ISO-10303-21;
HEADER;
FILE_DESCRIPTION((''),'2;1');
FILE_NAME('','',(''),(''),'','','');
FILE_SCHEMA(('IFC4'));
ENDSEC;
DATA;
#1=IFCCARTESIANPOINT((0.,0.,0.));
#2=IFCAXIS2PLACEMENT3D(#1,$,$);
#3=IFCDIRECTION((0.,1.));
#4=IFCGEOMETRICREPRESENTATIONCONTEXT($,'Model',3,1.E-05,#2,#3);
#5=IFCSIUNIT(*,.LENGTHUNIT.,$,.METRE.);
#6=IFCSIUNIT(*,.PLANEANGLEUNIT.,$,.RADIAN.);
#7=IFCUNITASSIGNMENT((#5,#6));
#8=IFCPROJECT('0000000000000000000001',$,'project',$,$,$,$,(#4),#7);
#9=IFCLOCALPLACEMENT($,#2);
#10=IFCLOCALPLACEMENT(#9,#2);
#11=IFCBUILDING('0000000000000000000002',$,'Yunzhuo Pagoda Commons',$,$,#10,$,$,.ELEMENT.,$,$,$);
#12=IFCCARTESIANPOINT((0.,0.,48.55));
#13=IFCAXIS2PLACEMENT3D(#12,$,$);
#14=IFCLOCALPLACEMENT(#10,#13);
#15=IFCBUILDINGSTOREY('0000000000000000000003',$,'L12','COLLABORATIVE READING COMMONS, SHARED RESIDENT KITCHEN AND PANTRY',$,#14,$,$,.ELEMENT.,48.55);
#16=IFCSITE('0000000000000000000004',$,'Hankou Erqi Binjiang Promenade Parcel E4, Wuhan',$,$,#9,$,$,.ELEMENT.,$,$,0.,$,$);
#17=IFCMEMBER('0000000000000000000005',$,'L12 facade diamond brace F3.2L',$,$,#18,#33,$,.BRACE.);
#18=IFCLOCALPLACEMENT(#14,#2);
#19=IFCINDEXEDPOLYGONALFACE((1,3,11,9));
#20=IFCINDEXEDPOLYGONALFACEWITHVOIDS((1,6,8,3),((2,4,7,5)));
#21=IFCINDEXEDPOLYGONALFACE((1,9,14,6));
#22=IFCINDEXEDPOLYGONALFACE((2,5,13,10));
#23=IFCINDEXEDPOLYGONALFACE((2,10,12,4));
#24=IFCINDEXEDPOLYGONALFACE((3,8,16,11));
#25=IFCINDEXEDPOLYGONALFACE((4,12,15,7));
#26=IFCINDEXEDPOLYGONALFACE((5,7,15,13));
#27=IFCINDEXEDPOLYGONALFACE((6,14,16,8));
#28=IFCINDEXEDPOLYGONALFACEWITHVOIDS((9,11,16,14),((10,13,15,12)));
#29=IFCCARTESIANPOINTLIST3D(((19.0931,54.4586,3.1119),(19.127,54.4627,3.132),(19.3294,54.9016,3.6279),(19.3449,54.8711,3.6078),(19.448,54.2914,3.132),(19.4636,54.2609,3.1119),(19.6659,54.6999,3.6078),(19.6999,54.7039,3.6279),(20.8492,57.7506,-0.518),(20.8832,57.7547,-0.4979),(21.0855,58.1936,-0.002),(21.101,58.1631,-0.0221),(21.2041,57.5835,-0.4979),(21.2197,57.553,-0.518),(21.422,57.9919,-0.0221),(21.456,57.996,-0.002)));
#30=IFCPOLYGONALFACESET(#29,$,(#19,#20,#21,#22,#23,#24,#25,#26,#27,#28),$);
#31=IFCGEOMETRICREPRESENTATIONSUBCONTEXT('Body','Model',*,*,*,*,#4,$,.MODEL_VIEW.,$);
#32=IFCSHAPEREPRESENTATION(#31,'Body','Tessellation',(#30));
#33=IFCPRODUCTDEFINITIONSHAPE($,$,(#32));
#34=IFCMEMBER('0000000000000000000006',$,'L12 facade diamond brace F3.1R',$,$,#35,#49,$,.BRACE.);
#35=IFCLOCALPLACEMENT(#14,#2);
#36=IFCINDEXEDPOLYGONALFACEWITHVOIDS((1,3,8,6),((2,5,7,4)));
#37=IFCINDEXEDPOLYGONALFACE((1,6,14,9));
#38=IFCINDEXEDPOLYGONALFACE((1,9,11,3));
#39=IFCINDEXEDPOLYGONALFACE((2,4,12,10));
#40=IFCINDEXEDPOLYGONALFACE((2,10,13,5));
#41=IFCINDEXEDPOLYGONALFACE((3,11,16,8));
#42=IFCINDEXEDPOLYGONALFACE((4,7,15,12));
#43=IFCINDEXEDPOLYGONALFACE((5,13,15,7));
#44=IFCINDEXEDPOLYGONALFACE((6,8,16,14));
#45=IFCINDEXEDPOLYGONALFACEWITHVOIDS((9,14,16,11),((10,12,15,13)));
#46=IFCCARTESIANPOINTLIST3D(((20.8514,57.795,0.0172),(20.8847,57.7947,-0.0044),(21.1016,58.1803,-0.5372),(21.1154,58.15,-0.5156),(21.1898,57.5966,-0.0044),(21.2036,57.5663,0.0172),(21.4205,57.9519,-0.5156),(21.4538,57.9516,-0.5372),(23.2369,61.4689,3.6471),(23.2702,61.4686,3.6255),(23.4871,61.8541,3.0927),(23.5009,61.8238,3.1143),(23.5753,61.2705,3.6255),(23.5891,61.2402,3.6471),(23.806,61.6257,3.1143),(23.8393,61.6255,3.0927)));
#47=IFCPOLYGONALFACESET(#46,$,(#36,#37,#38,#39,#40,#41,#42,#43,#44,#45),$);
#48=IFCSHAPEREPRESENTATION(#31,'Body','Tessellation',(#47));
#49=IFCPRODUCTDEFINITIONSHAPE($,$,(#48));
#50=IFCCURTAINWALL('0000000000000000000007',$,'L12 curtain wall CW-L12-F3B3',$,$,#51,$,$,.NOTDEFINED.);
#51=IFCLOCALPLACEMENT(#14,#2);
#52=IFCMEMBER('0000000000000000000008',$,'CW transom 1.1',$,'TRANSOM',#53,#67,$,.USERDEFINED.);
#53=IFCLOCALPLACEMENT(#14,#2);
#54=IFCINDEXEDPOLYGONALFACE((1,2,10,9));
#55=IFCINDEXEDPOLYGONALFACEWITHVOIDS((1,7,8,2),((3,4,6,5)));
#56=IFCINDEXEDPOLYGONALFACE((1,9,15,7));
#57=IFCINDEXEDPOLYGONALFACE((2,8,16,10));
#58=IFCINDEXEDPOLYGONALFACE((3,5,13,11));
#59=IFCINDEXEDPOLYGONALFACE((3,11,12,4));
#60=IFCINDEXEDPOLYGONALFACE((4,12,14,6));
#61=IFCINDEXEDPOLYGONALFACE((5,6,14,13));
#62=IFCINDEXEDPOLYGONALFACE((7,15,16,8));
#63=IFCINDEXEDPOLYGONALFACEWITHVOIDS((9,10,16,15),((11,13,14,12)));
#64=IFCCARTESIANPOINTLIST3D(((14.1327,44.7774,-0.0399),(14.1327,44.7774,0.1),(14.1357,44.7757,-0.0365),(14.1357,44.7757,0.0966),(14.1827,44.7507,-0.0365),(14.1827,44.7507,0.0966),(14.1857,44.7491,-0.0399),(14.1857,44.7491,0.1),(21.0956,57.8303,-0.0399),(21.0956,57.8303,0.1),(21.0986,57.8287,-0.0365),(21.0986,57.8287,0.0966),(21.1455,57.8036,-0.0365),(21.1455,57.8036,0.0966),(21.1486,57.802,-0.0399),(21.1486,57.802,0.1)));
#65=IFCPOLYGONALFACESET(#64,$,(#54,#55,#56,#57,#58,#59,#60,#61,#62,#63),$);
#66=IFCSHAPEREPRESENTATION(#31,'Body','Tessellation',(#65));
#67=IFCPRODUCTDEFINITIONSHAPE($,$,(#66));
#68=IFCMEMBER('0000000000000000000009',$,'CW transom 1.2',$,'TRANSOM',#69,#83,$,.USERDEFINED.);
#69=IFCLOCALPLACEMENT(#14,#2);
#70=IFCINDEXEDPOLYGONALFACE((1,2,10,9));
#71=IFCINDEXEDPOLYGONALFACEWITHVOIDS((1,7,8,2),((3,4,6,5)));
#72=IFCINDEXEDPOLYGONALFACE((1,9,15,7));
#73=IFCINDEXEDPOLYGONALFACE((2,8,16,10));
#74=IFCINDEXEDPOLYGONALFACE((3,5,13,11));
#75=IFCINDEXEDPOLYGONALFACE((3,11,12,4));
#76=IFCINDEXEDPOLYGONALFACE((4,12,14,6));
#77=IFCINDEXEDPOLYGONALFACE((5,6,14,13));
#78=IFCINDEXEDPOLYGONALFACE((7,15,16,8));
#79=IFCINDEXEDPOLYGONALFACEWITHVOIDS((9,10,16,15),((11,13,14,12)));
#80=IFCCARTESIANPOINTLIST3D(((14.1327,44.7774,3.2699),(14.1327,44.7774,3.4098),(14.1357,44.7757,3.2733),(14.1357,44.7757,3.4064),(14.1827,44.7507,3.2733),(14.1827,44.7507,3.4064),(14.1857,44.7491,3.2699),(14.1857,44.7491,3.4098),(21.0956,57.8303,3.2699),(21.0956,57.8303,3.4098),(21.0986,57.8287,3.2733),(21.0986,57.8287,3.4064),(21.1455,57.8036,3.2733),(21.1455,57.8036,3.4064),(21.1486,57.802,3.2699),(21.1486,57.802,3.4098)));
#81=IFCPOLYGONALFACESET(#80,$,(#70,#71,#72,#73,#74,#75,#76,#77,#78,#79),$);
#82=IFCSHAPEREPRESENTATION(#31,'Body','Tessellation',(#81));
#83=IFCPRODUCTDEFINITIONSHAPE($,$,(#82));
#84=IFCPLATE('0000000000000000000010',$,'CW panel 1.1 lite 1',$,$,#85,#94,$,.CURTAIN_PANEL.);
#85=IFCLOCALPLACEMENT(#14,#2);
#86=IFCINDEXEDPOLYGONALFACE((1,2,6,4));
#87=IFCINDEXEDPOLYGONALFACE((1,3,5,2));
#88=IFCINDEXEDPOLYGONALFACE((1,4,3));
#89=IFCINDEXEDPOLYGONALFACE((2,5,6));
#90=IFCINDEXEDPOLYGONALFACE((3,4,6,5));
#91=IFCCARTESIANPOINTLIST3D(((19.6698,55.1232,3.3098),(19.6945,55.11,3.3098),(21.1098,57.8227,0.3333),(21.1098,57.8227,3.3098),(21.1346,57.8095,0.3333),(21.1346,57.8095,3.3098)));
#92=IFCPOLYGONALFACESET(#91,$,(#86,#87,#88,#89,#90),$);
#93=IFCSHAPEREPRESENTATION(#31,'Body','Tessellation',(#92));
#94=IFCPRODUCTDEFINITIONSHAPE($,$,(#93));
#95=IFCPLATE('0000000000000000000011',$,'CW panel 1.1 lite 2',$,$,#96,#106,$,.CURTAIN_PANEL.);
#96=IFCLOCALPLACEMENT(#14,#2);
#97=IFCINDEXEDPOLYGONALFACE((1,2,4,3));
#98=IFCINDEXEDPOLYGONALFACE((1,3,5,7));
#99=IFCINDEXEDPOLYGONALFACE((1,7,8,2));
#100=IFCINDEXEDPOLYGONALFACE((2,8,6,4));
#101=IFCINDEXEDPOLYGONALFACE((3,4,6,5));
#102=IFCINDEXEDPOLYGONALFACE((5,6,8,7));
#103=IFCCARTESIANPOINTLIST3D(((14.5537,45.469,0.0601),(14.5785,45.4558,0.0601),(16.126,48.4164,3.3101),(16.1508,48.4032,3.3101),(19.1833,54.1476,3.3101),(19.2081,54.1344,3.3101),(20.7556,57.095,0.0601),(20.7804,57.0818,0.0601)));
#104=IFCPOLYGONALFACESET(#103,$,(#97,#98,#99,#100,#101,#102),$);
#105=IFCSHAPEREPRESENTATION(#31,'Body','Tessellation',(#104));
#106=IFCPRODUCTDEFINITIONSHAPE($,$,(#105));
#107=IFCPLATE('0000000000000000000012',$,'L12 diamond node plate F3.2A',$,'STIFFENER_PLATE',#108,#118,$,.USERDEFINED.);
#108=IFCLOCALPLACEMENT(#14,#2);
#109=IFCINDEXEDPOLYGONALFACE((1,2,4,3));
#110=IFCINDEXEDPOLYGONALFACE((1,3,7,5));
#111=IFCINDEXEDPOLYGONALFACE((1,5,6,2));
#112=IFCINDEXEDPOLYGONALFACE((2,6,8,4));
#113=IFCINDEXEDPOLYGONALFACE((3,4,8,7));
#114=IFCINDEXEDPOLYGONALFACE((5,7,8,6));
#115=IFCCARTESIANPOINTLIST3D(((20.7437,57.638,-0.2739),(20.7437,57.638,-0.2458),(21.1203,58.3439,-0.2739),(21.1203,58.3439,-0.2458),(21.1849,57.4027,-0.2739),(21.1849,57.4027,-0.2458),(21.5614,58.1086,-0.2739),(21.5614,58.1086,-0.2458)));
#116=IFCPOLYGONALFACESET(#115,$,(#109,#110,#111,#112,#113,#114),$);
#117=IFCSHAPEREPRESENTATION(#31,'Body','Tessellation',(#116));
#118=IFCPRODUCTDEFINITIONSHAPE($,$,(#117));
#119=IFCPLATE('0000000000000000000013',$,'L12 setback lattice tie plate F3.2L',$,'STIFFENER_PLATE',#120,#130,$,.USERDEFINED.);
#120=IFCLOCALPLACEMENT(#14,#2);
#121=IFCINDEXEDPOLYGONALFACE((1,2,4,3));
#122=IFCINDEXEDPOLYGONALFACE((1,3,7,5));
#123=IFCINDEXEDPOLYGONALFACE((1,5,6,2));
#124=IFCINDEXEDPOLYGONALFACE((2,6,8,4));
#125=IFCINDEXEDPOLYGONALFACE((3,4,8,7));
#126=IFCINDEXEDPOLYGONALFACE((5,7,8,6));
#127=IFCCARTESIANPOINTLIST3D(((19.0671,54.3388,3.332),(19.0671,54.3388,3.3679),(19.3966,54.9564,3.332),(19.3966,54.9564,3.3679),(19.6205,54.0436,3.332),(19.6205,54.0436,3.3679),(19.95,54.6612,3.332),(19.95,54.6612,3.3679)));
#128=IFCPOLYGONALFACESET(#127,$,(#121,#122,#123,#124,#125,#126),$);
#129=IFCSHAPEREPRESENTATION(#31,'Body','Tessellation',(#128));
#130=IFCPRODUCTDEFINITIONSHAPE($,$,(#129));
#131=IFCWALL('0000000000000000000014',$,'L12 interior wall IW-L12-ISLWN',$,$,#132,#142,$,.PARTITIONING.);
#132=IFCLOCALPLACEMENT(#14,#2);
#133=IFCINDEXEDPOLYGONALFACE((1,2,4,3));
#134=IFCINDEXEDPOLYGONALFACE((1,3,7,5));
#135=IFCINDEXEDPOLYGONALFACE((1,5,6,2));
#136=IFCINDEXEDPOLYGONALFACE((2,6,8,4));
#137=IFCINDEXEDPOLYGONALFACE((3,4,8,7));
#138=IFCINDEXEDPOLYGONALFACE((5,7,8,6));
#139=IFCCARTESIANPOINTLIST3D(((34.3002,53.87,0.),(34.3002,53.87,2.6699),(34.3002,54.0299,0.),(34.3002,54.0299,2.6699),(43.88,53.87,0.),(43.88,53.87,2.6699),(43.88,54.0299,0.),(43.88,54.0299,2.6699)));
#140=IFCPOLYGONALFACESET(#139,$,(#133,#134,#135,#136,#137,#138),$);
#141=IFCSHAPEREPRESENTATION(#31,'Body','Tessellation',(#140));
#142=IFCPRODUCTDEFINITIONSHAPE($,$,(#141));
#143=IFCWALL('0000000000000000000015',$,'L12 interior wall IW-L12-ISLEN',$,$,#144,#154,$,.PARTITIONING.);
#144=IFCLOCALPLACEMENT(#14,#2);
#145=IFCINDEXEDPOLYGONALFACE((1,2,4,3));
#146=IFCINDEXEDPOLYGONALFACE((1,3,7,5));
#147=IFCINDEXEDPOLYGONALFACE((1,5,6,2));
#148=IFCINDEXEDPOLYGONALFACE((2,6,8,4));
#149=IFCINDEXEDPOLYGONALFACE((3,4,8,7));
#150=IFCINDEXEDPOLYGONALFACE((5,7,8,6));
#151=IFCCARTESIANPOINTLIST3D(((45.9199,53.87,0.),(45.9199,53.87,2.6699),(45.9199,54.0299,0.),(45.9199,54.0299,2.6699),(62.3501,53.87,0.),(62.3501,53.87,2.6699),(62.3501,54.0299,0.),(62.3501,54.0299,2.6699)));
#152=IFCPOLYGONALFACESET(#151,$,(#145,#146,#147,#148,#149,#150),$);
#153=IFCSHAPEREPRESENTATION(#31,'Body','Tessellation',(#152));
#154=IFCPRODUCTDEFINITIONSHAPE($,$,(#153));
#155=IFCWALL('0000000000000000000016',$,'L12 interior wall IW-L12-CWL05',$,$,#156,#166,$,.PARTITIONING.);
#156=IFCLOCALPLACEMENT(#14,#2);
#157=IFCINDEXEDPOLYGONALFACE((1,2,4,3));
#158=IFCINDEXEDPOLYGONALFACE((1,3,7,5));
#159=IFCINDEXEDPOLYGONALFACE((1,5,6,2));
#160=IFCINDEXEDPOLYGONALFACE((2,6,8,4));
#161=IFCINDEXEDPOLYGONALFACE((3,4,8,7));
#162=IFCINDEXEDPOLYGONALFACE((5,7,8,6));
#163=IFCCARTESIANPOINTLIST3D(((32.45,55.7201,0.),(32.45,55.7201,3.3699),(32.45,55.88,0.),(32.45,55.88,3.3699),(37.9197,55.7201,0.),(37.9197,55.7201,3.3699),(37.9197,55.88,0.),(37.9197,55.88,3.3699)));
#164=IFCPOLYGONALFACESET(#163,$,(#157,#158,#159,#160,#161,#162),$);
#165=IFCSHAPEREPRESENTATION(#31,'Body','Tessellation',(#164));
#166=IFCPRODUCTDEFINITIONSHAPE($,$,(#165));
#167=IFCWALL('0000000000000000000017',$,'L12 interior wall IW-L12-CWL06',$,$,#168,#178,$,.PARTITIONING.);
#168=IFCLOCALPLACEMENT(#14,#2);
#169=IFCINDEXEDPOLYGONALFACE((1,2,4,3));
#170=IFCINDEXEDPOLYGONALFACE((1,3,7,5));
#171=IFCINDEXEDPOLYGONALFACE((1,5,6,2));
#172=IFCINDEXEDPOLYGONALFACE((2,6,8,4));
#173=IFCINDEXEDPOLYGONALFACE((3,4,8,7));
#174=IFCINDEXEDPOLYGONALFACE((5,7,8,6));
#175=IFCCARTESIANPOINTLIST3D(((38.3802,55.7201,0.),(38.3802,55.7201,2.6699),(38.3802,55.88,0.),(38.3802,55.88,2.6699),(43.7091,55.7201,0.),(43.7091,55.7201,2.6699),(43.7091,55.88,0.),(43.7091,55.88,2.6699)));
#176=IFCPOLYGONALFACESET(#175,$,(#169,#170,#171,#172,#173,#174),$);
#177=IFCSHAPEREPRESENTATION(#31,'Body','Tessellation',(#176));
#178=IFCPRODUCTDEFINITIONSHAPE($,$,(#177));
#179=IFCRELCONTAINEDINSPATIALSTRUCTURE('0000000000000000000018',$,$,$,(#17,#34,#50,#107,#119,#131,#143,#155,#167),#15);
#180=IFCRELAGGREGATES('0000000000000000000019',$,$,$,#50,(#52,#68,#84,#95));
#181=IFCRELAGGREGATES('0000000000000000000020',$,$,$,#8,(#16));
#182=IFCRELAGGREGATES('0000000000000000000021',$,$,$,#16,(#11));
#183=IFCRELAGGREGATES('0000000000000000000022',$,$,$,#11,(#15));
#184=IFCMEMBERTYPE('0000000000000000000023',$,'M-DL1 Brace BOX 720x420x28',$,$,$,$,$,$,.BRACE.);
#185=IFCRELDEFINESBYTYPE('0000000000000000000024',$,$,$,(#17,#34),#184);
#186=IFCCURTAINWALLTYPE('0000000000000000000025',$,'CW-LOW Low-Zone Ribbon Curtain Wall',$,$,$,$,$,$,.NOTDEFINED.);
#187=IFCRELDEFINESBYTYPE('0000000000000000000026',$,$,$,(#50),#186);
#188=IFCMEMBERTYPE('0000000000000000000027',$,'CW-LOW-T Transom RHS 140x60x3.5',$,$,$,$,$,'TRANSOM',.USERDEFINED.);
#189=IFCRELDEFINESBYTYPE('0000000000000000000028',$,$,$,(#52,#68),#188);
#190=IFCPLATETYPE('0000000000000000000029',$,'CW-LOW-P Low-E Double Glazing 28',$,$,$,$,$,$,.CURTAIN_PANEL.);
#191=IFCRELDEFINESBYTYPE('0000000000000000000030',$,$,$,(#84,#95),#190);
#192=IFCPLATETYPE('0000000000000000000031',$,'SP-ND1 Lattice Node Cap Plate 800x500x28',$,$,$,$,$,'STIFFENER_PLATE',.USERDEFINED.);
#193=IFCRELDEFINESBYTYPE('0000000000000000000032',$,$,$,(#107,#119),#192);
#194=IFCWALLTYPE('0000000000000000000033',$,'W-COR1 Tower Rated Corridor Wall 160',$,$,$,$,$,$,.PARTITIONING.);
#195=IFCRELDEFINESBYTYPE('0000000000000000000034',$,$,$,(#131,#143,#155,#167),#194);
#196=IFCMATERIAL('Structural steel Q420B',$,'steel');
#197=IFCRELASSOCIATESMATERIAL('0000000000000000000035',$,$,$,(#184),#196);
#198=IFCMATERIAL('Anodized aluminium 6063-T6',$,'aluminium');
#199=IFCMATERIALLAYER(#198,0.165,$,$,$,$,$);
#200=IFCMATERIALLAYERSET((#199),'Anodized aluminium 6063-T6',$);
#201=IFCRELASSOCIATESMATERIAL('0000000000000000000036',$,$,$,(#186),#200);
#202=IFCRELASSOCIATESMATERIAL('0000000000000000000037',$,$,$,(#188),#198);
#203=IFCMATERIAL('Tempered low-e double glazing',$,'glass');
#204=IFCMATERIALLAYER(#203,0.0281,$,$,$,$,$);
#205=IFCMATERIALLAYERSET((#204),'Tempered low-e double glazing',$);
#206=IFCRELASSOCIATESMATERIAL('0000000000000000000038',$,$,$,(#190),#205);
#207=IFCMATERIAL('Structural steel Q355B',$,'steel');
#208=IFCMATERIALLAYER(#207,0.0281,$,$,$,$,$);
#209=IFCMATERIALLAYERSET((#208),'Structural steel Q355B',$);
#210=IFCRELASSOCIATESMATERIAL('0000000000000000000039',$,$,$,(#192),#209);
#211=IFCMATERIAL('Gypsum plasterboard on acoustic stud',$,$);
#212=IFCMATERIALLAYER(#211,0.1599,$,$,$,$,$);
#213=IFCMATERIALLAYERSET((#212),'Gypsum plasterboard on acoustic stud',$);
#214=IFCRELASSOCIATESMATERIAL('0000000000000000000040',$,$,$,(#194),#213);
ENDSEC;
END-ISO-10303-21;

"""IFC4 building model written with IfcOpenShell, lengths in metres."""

from ifc_helpers import new_model, si_unit, direction, frame, frame_2d, origin, origin_2d, place, context, subcontext, project, spatial, polyline, rectangle, hollow_rectangle, outline, extrude, source, transform, mapped, material, layer, layer_set, material_profile, profile_set, type_object, element, aggregate, save


model = new_model("IFC4")

# Units and contexts
model_context = context("Model", 3, precision=1e-05, world=origin(), true_north=direction((0.0, 1.0)))
body_context = subcontext(model_context, "Body", "Model", "MODEL_VIEW")
ifc_project = project(units=[si_unit("LENGTHUNIT", "METRE"), si_unit("PLANEANGLEUNIT", "RADIAN")], contexts=[model_context])

# Site, building, storey
site_placement = place(None, origin())
site = spatial("IfcSite", under=ifc_project, at=site_placement, Name="Hankou Erqi Binjiang Promenade Parcel E4, Wuhan", CompositionType="ELEMENT", RefElevation=0.0)
building_placement = place(site_placement, origin())
building = spatial("IfcBuilding", under=site, at=building_placement, Name="Yunzhuo Pagoda Commons", CompositionType="ELEMENT")
storey_placement = place(building_placement, frame((0.0, 0.0, 48.55)))
storey = spatial("IfcBuildingStorey", under=building, at=storey_placement, Name="L12", Description="COLLABORATIVE READING COMMONS, SHARED RESIDENT KITCHEN AND PANTRY", CompositionType="ELEMENT", Elevation=48.55)

# Shared definitions
ifc_material_1 = material(Name="Structural steel Q420B", Category="steel")

# Shared definitions
ifc_material_2 = material(Name="Structural steel Q355B", Category="steel")

# Members
ifc_material_profile_1 = material_profile(ifc_material_1, hollow_rectangle(XDim=0.4199, YDim=0.72, WallThickness=0.0281, at=origin_2d()), Name="Structural steel Q420B")
ifc_profile_set_1 = profile_set([ifc_material_profile_1], Name="Structural steel Q420B")
member_type_1 = type_object("IfcMemberType", Name="M-DL1 Brace BOX 720x420x28", PredefinedType="BRACE", material=ifc_profile_set_1)
shared_shape_1 = source(origin(), body_context, "Body", "SweptSolid", [
    extrude(hollow_rectangle(XDim=0.4199, YDim=0.72, WallThickness=0.0281, at=origin_2d()), origin(), (0.0, 0.0, 1.0), 5.2056),
])
member_1_placement = place(storey_placement, frame((21.1526, 57.8733, -0.26), z_axis=(-0.337356, -0.632407, 0.697318), x_axis=(0.882311, -0.470666, 0.0)))
element("IfcMember", 1, at=member_1_placement, inside=storey, type_object=member_type_1, Name="L12 facade diamond brace F3.2L", PredefinedType="BRACE", context=body_context, shape_type="MappedRepresentation", body=[
    mapped(shared_shape_1, transform((0.0, 0.0, 0.0), scale=1.0)),
])
shared_shape_2 = source(origin(), body_context, "Body", "SweptSolid", [
    extrude(hollow_rectangle(XDim=0.4199, YDim=0.72, WallThickness=0.0281, at=origin_2d()), origin(), (0.0, 0.0, 1.0), 5.689),
])
member_2_placement = place(storey_placement, frame((21.1526, 57.8733, -0.26), z_axis=(0.419324, 0.645788, 0.638063), x_axis=(-0.838703, 0.544589, 0.0)))
element("IfcMember", 2, at=member_2_placement, inside=storey, type_object=member_type_1, Name="L12 facade diamond brace F3.1R", PredefinedType="BRACE", context=body_context, shape_type="MappedRepresentation", body=[
    mapped(shared_shape_2, transform((0.0, 0.0, 0.0), scale=1.0)),
])

# Curtain wall, members, plates
ifc_material_3 = material(Name="Anodized aluminium 6063-T6", Category="aluminium")
ifc_layer_1 = layer(ifc_material_3, 0.165)
ifc_layer_set_1 = layer_set([ifc_layer_1], Name="Anodized aluminium 6063-T6")
curtain_wall_type = type_object("IfcCurtainWallType", Name="CW-LOW Low-Zone Ribbon Curtain Wall", PredefinedType="NOTDEFINED", material=ifc_layer_set_1)
curtain_wall_placement = place(storey_placement, origin())
curtain_wall = element("IfcCurtainWall", 3, at=curtain_wall_placement, inside=storey, type_object=curtain_wall_type, Name="L12 curtain wall CW-L12-F3B3", PredefinedType="NOTDEFINED")
ifc_material_profile_2 = material_profile(ifc_material_3, hollow_rectangle(XDim=0.0601, YDim=0.1399, WallThickness=0.0034, at=origin_2d()), Name="Anodized aluminium 6063-T6")
ifc_profile_set_2 = profile_set([ifc_material_profile_2], Name="Anodized aluminium 6063-T6")
member_type_2 = type_object("IfcMemberType", Name="CW-LOW-T Transom RHS 140x60x3.5", ElementType="TRANSOM", PredefinedType="USERDEFINED", material=ifc_profile_set_2)
shared_shape_3 = source(origin(), body_context, "Body", "SweptSolid", [
    extrude(hollow_rectangle(XDim=0.0601, YDim=0.1399, WallThickness=0.0034, at=origin_2d()), origin(), (0.0, 0.0, 1.0), 14.7939),
])
member_3_placement = place(storey_placement, frame((21.1221, 57.8162, 0.03), z_axis=(-0.470657, -0.882316, 0.0), x_axis=(0.882316, -0.470657, 0.0)))
member_3 = element("IfcMember", 4, at=member_3_placement, type_object=member_type_2, Name="CW transom 1.1", ObjectType="TRANSOM", PredefinedType="USERDEFINED", context=body_context, shape_type="MappedRepresentation", body=[
    mapped(shared_shape_3, transform((0.0, 0.0, 0.0), scale=1.0)),
])
member_4_placement = place(storey_placement, frame((21.1221, 57.8162, 3.3398), z_axis=(-0.470657, -0.882316, 0.0), x_axis=(0.882316, -0.470657, 0.0)))
member_4 = element("IfcMember", 5, at=member_4_placement, type_object=member_type_2, Name="CW transom 1.2", ObjectType="TRANSOM", PredefinedType="USERDEFINED", context=body_context, shape_type="MappedRepresentation", body=[
    mapped(shared_shape_3, transform((0.0, 0.0, 0.0), scale=1.0)),
])
ifc_material_4 = material(Name="Tempered low-e double glazing", Category="glass")
ifc_layer_2 = layer(ifc_material_4, 0.0281)
ifc_layer_set_2 = layer_set([ifc_layer_2], Name="Tempered low-e double glazing")
plate_type_1 = type_object("IfcPlateType", Name="CW-LOW-P Low-E Double Glazing 28", PredefinedType="CURTAIN_PANEL", material=ifc_layer_set_2)
plate_1_placement = place(storey_placement, frame((20.4146, 56.4597, 1.8215), z_axis=(-0.882309, 0.47067, 0.0), x_axis=(-0.47067, -0.882309, 0.0)))
plate_1 = element("IfcPlate", 6, at=plate_1_placement, type_object=plate_type_1, Name="CW panel 1.1 lite 1", PredefinedType="CURTAIN_PANEL", context=body_context, shape_type="SweptSolid", body=[
    extrude(outline(polyline([(-1.5298, -1.4883), (1.5298, 1.4883), (-1.5298, 1.4883), (-1.5298, -1.4883)])), origin(), (0.0, 0.0, 1.0), 0.0281),
])
plate_2_placement = place(storey_placement, frame((17.6794, 51.2688, 1.6851), z_axis=(-0.882309, 0.47067, 0.0), x_axis=(-0.47067, -0.882309, 0.0)))
plate_2 = element("IfcPlate", 7, at=plate_2_placement, type_object=plate_type_1, Name="CW panel 1.1 lite 2", PredefinedType="CURTAIN_PANEL", context=body_context, shape_type="SweptSolid", body=[
    extrude(outline(polyline([(-6.5884, -1.625), (6.5884, -1.625), (3.2478, 1.625), (-3.2478, 1.625), (-6.5884, -1.625)])), origin(), (0.0, 0.0, 1.0), 0.0281),
])
aggregate(curtain_wall, [member_3, member_4, plate_1, plate_2])

# Plates
ifc_layer_3 = layer(ifc_material_2, 0.0281)
ifc_layer_set_3 = layer_set([ifc_layer_3], Name="Structural steel Q355B")
plate_type_2 = type_object("IfcPlateType", Name="SP-ND1 Lattice Node Cap Plate 800x500x28", ElementType="STIFFENER_PLATE", PredefinedType="USERDEFINED", material=ifc_layer_set_3)
shared_shape_4 = source(origin(), body_context, "Body", "SweptSolid", [
    extrude(rectangle(XDim=0.8, YDim=0.5, at=origin_2d()), origin(), (0.0, 0.0, 1.0), 0.0281),
])
plate_3_placement = place(storey_placement, frame((21.1526, 57.8733, -0.2739), z_axis=(0.0, 0.0, 1.0), x_axis=(-0.470673, -0.882308, 0.0)))
element("IfcPlate", 8, at=plate_3_placement, inside=storey, type_object=plate_type_2, Name="L12 diamond node plate F3.2A", ObjectType="STIFFENER_PLATE", PredefinedType="USERDEFINED", context=body_context, shape_type="MappedRepresentation", body=[
    mapped(shared_shape_4, transform((0.0, 0.0, 0.0), scale=1.0)),
])
shared_shape_5 = source(origin(), body_context, "Body", "SweptSolid", [
    extrude(rectangle(XDim=0.7, YDim=0.6272, at=origin_2d()), origin(), (0.0, 0.0, 1.0), 0.0359),
])
plate_4_placement = place(storey_placement, frame((19.5085, 54.5, 3.332), z_axis=(0.0, 0.0, 1.0), x_axis=(-0.470673, -0.882308, 0.0)))
element("IfcPlate", 9, at=plate_4_placement, inside=storey, type_object=plate_type_2, Name="L12 setback lattice tie plate F3.2L", ObjectType="STIFFENER_PLATE", PredefinedType="USERDEFINED", context=body_context, shape_type="MappedRepresentation", body=[
    mapped(shared_shape_5, transform((0.0, 0.0, 0.0), scale=1.0)),
])

# Walls
ifc_material_5 = material(Name="Gypsum plasterboard on acoustic stud")
ifc_layer_4 = layer(ifc_material_5, 0.1599)
ifc_layer_set_4 = layer_set([ifc_layer_4], Name="Gypsum plasterboard on acoustic stud")
wall_type_1 = type_object("IfcWallType", Name="W-COR1 Tower Rated Corridor Wall 160", PredefinedType="PARTITIONING", material=ifc_layer_set_4)
wall_1_placement = place(storey_placement, frame((34.3, 53.95, 0.0), z_axis=(0.0, 0.0, 1.0), x_axis=(1.0, 0.0, 0.0)))
element("IfcWall", 10, at=wall_1_placement, inside=storey, type_object=wall_type_1, Name="L12 interior wall IW-L12-ISLWN", PredefinedType="PARTITIONING", context=body_context, shape_type="SweptSolid", body=[
    extrude(rectangle(XDim=9.5798, YDim=0.1599, at=frame_2d((4.79, 0.0))), origin(), (0.0, 0.0, 1.0), 2.6699),
])
wall_2_placement = place(storey_placement, frame((45.9199, 53.95, 0.0), z_axis=(0.0, 0.0, 1.0), x_axis=(1.0, 0.0, 0.0)))
element("IfcWall", 11, at=wall_2_placement, inside=storey, type_object=wall_type_1, Name="L12 interior wall IW-L12-ISLEN", PredefinedType="PARTITIONING", context=body_context, shape_type="SweptSolid", body=[
    extrude(rectangle(XDim=16.4302, YDim=0.1599, at=frame_2d((8.2151, 0.0))), origin(), (0.0, 0.0, 1.0), 2.6699),
])
wall_3_placement = place(storey_placement, frame((32.45, 55.8, 0.0), z_axis=(0.0, 0.0, 1.0), x_axis=(1.0, 0.0, 0.0)))
element("IfcWall", 12, at=wall_3_placement, inside=storey, type_object=wall_type_1, Name="L12 interior wall IW-L12-CWL05", PredefinedType="PARTITIONING", context=body_context, shape_type="SweptSolid", body=[
    extrude(rectangle(XDim=5.4697, YDim=0.1599, at=frame_2d((2.7349, 0.0))), origin(), (0.0, 0.0, 1.0), 3.3699),
])
wall_4_placement = place(storey_placement, frame((38.3801, 55.8, 0.0), z_axis=(0.0, 0.0, 1.0), x_axis=(1.0, 0.0, 0.0)))
element("IfcWall", 13, at=wall_4_placement, inside=storey, type_object=wall_type_1, Name="L12 interior wall IW-L12-CWL06", PredefinedType="PARTITIONING", context=body_context, shape_type="SweptSolid", body=[
    extrude(rectangle(XDim=5.3289, YDim=0.1599, at=frame_2d((2.6646, 0.0))), origin(), (0.0, 0.0, 1.0), 2.6699),
])

save(model, "model.ifc")
